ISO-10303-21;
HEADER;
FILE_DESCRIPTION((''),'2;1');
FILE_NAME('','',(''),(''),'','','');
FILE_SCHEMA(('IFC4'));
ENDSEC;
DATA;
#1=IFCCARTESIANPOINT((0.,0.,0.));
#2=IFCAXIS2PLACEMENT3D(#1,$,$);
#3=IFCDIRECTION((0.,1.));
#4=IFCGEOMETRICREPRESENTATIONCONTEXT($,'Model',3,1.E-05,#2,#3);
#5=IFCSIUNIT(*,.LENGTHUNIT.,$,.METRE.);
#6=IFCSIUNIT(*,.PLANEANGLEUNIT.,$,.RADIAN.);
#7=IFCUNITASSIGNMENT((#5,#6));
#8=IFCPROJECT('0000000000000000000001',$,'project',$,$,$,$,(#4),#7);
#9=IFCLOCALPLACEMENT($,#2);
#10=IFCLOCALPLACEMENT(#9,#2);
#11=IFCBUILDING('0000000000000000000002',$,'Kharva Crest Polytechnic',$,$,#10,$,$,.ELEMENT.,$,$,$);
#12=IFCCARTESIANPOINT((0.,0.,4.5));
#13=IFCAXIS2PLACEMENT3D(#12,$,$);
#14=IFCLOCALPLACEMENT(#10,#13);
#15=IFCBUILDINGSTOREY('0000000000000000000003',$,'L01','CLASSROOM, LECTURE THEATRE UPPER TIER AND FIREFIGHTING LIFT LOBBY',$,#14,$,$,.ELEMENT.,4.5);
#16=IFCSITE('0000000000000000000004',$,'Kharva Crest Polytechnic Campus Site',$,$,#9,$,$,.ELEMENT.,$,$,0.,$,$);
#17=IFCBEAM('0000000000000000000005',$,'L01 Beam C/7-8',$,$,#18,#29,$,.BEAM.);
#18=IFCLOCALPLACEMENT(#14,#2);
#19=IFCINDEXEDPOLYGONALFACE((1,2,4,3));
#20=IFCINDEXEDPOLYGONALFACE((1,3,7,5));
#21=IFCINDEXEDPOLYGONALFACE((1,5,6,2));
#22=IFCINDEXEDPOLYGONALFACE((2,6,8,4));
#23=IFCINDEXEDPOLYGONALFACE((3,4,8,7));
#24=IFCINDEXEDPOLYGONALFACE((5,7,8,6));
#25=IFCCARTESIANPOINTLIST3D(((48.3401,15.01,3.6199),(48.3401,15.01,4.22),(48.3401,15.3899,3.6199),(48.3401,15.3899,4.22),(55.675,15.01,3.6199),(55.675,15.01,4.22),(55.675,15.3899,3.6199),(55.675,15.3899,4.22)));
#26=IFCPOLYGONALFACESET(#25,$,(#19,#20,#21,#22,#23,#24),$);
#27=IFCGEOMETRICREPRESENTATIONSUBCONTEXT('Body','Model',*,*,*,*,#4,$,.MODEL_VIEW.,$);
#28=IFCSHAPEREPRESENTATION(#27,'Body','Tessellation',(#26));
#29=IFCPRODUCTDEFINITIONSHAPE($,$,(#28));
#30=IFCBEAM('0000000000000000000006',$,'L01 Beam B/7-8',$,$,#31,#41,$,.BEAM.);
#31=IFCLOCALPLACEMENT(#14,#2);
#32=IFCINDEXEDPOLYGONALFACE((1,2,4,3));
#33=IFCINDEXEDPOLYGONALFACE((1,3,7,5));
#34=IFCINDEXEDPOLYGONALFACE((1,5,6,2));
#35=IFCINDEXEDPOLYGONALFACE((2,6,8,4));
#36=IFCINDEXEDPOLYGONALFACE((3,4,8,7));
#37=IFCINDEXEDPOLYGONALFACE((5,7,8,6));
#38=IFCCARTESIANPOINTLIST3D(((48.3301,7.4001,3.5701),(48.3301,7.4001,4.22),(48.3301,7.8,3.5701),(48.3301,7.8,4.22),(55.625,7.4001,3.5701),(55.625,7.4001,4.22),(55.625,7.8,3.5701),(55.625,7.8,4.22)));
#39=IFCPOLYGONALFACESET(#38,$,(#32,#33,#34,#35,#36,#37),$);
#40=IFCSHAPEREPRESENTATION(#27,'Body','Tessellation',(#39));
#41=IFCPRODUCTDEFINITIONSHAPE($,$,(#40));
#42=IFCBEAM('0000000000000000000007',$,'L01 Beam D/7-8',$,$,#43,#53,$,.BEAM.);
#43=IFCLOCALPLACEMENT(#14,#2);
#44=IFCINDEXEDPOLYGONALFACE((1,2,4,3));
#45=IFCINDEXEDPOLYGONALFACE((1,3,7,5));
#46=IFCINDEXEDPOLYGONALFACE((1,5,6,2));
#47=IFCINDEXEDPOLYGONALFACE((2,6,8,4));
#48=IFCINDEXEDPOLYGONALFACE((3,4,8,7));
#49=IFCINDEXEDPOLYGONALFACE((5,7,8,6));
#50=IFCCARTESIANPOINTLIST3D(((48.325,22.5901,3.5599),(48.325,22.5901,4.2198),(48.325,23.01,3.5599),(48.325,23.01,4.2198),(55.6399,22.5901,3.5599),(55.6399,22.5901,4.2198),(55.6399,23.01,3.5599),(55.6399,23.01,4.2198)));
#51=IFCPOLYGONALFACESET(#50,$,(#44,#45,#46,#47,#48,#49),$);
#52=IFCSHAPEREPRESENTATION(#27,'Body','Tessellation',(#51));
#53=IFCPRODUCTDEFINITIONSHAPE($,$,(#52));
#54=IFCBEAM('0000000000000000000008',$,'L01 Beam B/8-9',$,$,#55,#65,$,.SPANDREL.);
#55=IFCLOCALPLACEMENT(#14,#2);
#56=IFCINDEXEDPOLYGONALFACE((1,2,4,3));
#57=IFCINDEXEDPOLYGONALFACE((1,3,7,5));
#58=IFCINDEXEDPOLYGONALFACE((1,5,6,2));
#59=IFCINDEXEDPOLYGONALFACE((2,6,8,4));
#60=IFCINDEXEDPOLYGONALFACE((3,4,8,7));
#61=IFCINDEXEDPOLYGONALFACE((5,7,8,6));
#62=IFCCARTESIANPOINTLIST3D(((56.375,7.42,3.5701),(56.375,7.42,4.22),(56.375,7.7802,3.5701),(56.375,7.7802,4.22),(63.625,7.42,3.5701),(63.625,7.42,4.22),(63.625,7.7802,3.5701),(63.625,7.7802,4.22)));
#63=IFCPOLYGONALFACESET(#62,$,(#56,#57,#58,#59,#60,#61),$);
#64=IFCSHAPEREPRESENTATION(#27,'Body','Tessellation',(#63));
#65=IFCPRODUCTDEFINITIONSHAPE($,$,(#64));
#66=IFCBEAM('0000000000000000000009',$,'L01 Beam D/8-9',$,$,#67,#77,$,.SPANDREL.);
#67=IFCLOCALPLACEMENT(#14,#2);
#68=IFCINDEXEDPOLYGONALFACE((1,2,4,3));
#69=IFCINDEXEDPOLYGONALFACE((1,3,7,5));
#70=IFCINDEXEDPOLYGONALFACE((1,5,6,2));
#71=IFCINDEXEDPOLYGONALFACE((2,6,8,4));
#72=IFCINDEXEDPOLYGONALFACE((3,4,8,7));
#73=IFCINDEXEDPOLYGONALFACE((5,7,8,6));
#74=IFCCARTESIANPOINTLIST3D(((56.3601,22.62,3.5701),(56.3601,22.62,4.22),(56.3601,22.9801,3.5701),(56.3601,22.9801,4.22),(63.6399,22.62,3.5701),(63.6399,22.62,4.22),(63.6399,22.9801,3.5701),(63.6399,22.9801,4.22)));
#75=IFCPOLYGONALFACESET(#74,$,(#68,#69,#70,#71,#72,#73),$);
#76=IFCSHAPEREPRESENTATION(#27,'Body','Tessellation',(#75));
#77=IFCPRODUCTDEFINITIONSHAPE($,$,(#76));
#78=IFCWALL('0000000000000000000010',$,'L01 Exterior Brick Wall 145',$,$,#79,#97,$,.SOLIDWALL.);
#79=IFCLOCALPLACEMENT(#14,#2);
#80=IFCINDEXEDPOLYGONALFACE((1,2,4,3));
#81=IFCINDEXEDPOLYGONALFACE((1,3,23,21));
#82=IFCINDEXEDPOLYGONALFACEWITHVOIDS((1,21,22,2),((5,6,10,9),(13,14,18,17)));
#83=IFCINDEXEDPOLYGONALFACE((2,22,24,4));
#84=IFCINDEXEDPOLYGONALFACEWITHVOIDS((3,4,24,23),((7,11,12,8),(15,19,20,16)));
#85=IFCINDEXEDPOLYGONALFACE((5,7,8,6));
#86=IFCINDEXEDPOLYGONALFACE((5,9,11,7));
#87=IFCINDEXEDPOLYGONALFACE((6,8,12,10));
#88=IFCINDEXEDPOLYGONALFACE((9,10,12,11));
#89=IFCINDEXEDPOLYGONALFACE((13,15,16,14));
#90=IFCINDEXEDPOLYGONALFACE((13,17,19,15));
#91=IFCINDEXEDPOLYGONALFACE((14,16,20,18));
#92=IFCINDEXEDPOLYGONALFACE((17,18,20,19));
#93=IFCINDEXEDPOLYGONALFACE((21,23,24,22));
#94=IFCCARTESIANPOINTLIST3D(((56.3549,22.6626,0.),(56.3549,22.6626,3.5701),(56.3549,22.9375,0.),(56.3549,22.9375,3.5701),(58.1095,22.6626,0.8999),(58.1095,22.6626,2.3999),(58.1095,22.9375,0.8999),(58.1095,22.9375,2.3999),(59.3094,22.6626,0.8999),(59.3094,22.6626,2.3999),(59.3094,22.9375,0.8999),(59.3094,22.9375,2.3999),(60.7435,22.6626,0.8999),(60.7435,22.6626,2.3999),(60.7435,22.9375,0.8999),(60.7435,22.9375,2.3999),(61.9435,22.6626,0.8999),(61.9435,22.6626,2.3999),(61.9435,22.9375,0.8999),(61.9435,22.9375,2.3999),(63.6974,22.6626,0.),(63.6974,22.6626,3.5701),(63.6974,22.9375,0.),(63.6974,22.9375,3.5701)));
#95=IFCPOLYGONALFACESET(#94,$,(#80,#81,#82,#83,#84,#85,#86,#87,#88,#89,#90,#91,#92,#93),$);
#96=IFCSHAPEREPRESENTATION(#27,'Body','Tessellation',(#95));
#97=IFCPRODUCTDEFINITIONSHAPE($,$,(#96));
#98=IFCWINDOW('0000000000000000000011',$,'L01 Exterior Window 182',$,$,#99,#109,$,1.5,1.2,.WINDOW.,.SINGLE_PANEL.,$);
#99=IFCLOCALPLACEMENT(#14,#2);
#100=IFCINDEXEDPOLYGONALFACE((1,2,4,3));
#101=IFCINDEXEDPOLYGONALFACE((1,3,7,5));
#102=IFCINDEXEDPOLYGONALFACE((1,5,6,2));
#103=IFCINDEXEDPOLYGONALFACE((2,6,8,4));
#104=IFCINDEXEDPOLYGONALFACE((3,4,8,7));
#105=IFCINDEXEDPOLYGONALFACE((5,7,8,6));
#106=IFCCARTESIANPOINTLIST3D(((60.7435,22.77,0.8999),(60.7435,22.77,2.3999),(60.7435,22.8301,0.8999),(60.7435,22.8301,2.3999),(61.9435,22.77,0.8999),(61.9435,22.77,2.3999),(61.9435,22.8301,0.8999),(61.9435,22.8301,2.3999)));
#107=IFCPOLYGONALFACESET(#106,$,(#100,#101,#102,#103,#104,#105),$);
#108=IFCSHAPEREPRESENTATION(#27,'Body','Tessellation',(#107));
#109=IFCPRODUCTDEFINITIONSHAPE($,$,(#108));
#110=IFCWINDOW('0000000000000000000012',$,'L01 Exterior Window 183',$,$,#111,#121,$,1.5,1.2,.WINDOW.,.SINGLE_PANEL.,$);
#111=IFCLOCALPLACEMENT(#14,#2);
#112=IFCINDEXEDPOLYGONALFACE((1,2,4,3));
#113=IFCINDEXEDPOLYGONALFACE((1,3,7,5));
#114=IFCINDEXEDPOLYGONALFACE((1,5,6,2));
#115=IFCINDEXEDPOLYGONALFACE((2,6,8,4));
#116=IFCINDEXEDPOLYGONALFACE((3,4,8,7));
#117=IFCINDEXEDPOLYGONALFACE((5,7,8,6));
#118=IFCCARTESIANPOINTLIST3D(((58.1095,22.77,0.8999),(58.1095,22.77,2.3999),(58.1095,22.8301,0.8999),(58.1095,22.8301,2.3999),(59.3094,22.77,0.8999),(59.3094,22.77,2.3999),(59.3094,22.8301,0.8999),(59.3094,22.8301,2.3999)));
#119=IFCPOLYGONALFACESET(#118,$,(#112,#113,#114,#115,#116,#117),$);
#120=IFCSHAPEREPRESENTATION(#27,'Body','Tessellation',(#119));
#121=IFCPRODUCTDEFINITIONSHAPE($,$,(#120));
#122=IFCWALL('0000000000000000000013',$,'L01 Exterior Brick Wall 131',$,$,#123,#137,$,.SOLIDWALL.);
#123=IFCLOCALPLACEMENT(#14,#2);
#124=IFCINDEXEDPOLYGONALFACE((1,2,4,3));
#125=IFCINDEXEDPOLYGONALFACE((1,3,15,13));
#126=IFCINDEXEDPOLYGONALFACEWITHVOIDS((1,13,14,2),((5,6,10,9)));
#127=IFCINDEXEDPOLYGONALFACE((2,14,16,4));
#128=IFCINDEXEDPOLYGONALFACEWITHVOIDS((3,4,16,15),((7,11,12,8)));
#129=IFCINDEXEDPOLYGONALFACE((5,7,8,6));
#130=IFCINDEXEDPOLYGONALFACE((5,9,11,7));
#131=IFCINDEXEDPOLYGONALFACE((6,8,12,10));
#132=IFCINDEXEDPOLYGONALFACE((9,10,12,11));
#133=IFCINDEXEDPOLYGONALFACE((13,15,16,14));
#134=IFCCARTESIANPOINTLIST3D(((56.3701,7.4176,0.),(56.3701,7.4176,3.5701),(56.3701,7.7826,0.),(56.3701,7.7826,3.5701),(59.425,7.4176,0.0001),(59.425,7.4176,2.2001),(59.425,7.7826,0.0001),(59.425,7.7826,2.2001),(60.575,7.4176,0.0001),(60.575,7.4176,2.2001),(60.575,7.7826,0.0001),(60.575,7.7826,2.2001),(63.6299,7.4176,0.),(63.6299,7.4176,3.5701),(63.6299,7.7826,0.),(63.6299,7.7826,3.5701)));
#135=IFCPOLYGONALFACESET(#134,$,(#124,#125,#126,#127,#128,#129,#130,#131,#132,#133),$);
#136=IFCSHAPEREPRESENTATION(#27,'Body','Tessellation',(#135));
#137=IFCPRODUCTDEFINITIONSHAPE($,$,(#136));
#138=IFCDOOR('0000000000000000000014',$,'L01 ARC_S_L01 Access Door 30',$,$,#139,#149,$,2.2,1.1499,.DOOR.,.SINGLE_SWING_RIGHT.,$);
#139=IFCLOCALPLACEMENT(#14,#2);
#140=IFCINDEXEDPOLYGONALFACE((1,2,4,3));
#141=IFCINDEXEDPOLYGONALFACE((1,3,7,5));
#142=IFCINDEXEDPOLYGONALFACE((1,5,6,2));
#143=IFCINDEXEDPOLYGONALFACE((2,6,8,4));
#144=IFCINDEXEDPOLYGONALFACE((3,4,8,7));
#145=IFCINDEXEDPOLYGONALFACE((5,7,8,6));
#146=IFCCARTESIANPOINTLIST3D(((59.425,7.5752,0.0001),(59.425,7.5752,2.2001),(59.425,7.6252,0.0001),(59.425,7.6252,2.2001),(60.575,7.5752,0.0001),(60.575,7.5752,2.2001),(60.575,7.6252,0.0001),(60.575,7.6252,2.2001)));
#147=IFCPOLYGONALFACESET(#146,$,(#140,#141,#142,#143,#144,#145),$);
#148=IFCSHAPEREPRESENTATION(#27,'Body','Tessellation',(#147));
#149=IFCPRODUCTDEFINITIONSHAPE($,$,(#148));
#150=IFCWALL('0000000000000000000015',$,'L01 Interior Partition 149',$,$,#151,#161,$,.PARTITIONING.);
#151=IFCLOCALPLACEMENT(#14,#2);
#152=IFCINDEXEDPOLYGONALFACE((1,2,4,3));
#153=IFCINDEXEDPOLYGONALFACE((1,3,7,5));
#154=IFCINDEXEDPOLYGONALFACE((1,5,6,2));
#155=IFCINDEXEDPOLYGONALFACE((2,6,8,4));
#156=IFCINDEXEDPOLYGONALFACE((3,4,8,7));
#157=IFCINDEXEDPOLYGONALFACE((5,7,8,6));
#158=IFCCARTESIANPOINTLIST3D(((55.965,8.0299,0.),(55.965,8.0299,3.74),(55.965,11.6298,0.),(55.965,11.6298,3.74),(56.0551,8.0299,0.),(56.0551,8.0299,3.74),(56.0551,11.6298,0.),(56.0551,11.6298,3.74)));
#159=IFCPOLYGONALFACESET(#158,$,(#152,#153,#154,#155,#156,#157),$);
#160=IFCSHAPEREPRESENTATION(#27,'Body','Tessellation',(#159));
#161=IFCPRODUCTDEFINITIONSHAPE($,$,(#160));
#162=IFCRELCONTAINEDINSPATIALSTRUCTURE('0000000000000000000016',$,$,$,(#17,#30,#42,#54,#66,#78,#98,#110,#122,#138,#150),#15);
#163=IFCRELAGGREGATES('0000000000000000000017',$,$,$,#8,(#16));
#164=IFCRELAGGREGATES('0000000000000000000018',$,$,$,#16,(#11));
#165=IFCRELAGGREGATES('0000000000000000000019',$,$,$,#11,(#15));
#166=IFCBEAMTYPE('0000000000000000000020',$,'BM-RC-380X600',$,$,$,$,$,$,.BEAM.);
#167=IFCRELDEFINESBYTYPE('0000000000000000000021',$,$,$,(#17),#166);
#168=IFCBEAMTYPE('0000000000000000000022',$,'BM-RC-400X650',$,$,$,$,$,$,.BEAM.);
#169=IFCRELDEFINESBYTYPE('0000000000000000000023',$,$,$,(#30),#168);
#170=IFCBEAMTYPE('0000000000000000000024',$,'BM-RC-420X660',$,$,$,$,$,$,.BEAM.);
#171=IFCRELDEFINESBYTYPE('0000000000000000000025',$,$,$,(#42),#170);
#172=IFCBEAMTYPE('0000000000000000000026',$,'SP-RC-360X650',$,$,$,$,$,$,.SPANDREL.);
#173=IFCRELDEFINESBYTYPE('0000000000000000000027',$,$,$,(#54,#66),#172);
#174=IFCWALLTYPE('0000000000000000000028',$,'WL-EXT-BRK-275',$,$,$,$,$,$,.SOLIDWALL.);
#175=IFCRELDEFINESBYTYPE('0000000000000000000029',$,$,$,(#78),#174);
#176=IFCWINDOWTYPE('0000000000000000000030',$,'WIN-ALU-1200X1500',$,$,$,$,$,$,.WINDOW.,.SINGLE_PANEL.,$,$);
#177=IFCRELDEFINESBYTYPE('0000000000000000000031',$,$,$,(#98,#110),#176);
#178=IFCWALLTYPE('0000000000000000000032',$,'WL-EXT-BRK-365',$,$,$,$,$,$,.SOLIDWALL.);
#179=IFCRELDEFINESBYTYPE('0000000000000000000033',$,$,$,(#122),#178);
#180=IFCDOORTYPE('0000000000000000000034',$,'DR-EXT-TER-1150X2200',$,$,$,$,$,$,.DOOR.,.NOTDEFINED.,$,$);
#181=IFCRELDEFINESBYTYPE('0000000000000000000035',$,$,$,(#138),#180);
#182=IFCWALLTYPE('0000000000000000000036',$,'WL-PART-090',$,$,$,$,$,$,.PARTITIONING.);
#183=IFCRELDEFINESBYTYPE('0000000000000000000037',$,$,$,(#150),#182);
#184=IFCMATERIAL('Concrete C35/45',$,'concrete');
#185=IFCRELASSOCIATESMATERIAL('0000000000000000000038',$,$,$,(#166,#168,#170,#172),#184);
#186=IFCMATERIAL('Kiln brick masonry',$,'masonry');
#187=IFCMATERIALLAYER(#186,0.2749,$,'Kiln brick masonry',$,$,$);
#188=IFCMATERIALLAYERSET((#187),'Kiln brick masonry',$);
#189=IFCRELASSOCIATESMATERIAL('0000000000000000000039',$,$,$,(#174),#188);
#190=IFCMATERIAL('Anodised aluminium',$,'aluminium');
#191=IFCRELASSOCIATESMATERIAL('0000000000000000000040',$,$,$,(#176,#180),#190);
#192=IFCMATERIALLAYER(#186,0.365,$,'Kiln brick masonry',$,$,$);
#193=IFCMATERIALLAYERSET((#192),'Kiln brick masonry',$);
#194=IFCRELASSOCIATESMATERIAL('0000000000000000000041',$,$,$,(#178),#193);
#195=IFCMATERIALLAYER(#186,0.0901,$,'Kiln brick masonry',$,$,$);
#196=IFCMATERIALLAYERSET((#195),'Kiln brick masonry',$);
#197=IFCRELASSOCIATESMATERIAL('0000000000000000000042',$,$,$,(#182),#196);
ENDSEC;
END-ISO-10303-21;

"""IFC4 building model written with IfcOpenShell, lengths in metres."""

from ifc_helpers import new_model, si_unit, direction, frame, frame_2d, origin, origin_2d, place, context, subcontext, project, spatial, rectangle, extrude, material, layer, layer_set, material_profile, profile_set, type_object, element, fill, save


model = new_model("IFC4")

# Units and contexts
model_context = context("Model", 3, precision=1e-05, world=origin(), true_north=direction((0.0, 1.0)))
body_context = subcontext(model_context, "Body", "Model", "MODEL_VIEW")
ifc_project = project(units=[si_unit("LENGTHUNIT", "METRE"), si_unit("PLANEANGLEUNIT", "RADIAN")], contexts=[model_context])

# Site, building, storey
site_placement = place(None, origin())
site = spatial("IfcSite", under=ifc_project, at=site_placement, Name="Kharva Crest Polytechnic Campus Site", CompositionType="ELEMENT", RefElevation=0.0)
building_placement = place(site_placement, origin())
building = spatial("IfcBuilding", under=site, at=building_placement, Name="Kharva Crest Polytechnic", CompositionType="ELEMENT")
storey_placement = place(building_placement, frame((0.0, 0.0, 4.5)))
storey = spatial("IfcBuildingStorey", under=building, at=storey_placement, Name="L01", Description="CLASSROOM, LECTURE THEATRE UPPER TIER AND FIREFIGHTING LIFT LOBBY", CompositionType="ELEMENT", Elevation=4.5)

# Beams
ifc_material_1 = material(Name="Concrete C35/45", Category="concrete")
ifc_material_profile_1 = material_profile(ifc_material_1, rectangle(XDim=0.3799, YDim=0.6001, at=origin_2d()), Name="RECT 380 X 600")
ifc_profile_set_1 = profile_set([ifc_material_profile_1], Name="Concrete C35/45")
beam_type_1 = type_object("IfcBeamType", Name="BM-RC-380X600", PredefinedType="BEAM", material=ifc_profile_set_1)
beam_1_placement = place(storey_placement, frame((48.3401, 15.2, 3.9199), z_axis=(1.0, 0.0, 0.0), x_axis=(0.0, 1.0, 0.0)))
element("IfcBeam", 1, at=beam_1_placement, inside=storey, type_object=beam_type_1, Name="L01 Beam C/7-8", PredefinedType="BEAM", context=body_context, shape_type="SweptSolid", body=[
    extrude(rectangle(XDim=0.3799, YDim=0.6001, at=origin_2d()), origin(), (0.0, 0.0, 1.0), 7.335),
])
ifc_material_profile_2 = material_profile(ifc_material_1, rectangle(XDim=0.3999, YDim=0.6499, at=origin_2d()), Name="RECT 400 X 650")
ifc_profile_set_2 = profile_set([ifc_material_profile_2], Name="Concrete C35/45")
beam_type_2 = type_object("IfcBeamType", Name="BM-RC-400X650", PredefinedType="BEAM", material=ifc_profile_set_2)
beam_2_placement = place(storey_placement, frame((48.3301, 7.6001, 3.895), z_axis=(1.0, 0.0, 0.0), x_axis=(0.0, 1.0, 0.0)))
element("IfcBeam", 2, at=beam_2_placement, inside=storey, type_object=beam_type_2, Name="L01 Beam B/7-8", PredefinedType="BEAM", context=body_context, shape_type="SweptSolid", body=[
    extrude(rectangle(XDim=0.3999, YDim=0.6499, at=origin_2d()), origin(), (0.0, 0.0, 1.0), 7.2949),
])
ifc_material_profile_3 = material_profile(ifc_material_1, rectangle(XDim=0.4199, YDim=0.6599, at=origin_2d()), Name="RECT 420 X 660")
ifc_profile_set_3 = profile_set([ifc_material_profile_3], Name="Concrete C35/45")
beam_type_3 = type_object("IfcBeamType", Name="BM-RC-420X660", PredefinedType="BEAM", material=ifc_profile_set_3)
beam_3_placement = place(storey_placement, frame((48.325, 22.8, 3.8899), z_axis=(1.0, 0.0, 0.0), x_axis=(0.0, 1.0, 0.0)))
element("IfcBeam", 3, at=beam_3_placement, inside=storey, type_object=beam_type_3, Name="L01 Beam D/7-8", PredefinedType="BEAM", context=body_context, shape_type="SweptSolid", body=[
    extrude(rectangle(XDim=0.4199, YDim=0.6599, at=origin_2d()), origin(), (0.0, 0.0, 1.0), 7.3149),
])
ifc_material_profile_4 = material_profile(ifc_material_1, rectangle(XDim=0.3601, YDim=0.6499, at=origin_2d()), Name="RECT 360 X 650")
ifc_profile_set_4 = profile_set([ifc_material_profile_4], Name="Concrete C35/45")
beam_type_4 = type_object("IfcBeamType", Name="SP-RC-360X650", PredefinedType="SPANDREL", material=ifc_profile_set_4)
beam_4_placement = place(storey_placement, frame((56.375, 7.6001, 3.895), z_axis=(1.0, 0.0, 0.0), x_axis=(0.0, 1.0, 0.0)))
element("IfcBeam", 4, at=beam_4_placement, inside=storey, type_object=beam_type_4, Name="L01 Beam B/8-9", PredefinedType="SPANDREL", context=body_context, shape_type="SweptSolid", body=[
    extrude(rectangle(XDim=0.3601, YDim=0.6499, at=origin_2d()), origin(), (0.0, 0.0, 1.0), 7.25),
])
beam_5_placement = place(storey_placement, frame((56.3601, 22.8, 3.895), z_axis=(1.0, 0.0, 0.0), x_axis=(0.0, 1.0, 0.0)))
element("IfcBeam", 5, at=beam_5_placement, inside=storey, type_object=beam_type_4, Name="L01 Beam D/8-9", PredefinedType="SPANDREL", context=body_context, shape_type="SweptSolid", body=[
    extrude(rectangle(XDim=0.3601, YDim=0.6499, at=origin_2d()), origin(), (0.0, 0.0, 1.0), 7.2798),
])

# Wall, openings, windows
ifc_material_2 = material(Name="Kiln brick masonry", Category="masonry")
ifc_layer_1 = layer(ifc_material_2, 0.2749, Name="Kiln brick masonry")
ifc_layer_set_1 = layer_set([ifc_layer_1], Name="Kiln brick masonry")
wall_type_1 = type_object("IfcWallType", Name="WL-EXT-BRK-275", PredefinedType="SOLIDWALL", material=ifc_layer_set_1)
wall_1_placement = place(storey_placement, frame((63.6975, 22.8, 0.0), z_axis=(0.0, 0.0, 1.0), x_axis=(-1.0, 0.0, 0.0)))
wall_1 = element("IfcWall", 6, at=wall_1_placement, inside=storey, type_object=wall_type_1, Name="L01 Exterior Brick Wall 145", PredefinedType="SOLIDWALL", context=body_context, shape_type="SweptSolid", body=[
    extrude(rectangle(XDim=7.3425, YDim=0.2749, at=frame_2d((3.6714, 0.0))), origin(), (0.0, 0.0, 1.0), 3.5701),
])
opening_1_placement = place(wall_1_placement, frame((1.7539, 0.0, 0.8999)))
opening_1 = element("IfcOpeningElement", 7, at=opening_1_placement, cuts=wall_1, PredefinedType="OPENING", context=body_context, shape_type="SweptSolid", body=[
    extrude(rectangle(XDim=1.2, YDim=1.5, at=frame_2d((0.6001, 0.75))), frame((0.0, 0.1475, 0.0), z_axis=(0.0, -1.0, 0.0), x_axis=(1.0, 0.0, 0.0)), (0.0, 0.0, 1.0), 0.2949),
])
opening_2_placement = place(wall_1_placement, frame((4.3879, 0.0, 0.8999)))
opening_2 = element("IfcOpeningElement", 8, at=opening_2_placement, cuts=wall_1, PredefinedType="OPENING", context=body_context, shape_type="SweptSolid", body=[
    extrude(rectangle(XDim=1.2, YDim=1.5, at=frame_2d((0.6001, 0.75))), frame((0.0, 0.1475, 0.0), z_axis=(0.0, -1.0, 0.0), x_axis=(1.0, 0.0, 0.0)), (0.0, 0.0, 1.0), 0.2949),
])
ifc_material_3 = material(Name="Anodised aluminium", Category="aluminium")
window_type = type_object("IfcWindowType", Name="WIN-ALU-1200X1500", PartitioningType="SINGLE_PANEL", PredefinedType="WINDOW", material=ifc_material_3)
window_1_placement = place(opening_1_placement, origin())
window_1 = element("IfcWindow", 9, at=window_1_placement, inside=storey, type_object=window_type, Name="L01 Exterior Window 182", OverallHeight=1.5, OverallWidth=1.2, PartitioningType="SINGLE_PANEL", PredefinedType="WINDOW", context=body_context, shape_type="SweptSolid", body=[
    extrude(rectangle(XDim=1.2, YDim=1.5, at=frame_2d((0.6001, 0.75))), frame((0.0, 0.03, 0.0), z_axis=(0.0, -1.0, 0.0), x_axis=(1.0, 0.0, 0.0)), (0.0, 0.0, 1.0), 0.0601),
])
fill(opening_1, window_1)
window_2_placement = place(opening_2_placement, origin())
window_2 = element("IfcWindow", 10, at=window_2_placement, inside=storey, type_object=window_type, Name="L01 Exterior Window 183", OverallHeight=1.5, OverallWidth=1.2, PartitioningType="SINGLE_PANEL", PredefinedType="WINDOW", context=body_context, shape_type="SweptSolid", body=[
    extrude(rectangle(XDim=1.2, YDim=1.5, at=frame_2d((0.6001, 0.75))), frame((0.0, 0.03, 0.0), z_axis=(0.0, -1.0, 0.0), x_axis=(1.0, 0.0, 0.0)), (0.0, 0.0, 1.0), 0.0601),
])
fill(opening_2, window_2)

# Wall, opening, door
ifc_layer_2 = layer(ifc_material_2, 0.365, Name="Kiln brick masonry")
ifc_layer_set_2 = layer_set([ifc_layer_2], Name="Kiln brick masonry")
wall_type_2 = type_object("IfcWallType", Name="WL-EXT-BRK-365", PredefinedType="SOLIDWALL", material=ifc_layer_set_2)
wall_2_placement = place(storey_placement, frame((56.3701, 7.6001, 0.0), z_axis=(0.0, 0.0, 1.0), x_axis=(1.0, 0.0, 0.0)))
wall_2 = element("IfcWall", 11, at=wall_2_placement, inside=storey, type_object=wall_type_2, Name="L01 Exterior Brick Wall 131", PredefinedType="SOLIDWALL", context=body_context, shape_type="SweptSolid", body=[
    extrude(rectangle(XDim=7.2598, YDim=0.365, at=frame_2d((3.6299, 0.0))), origin(), (0.0, 0.0, 1.0), 3.5701),
])
opening_3_placement = place(wall_2_placement, frame((3.0549, 0.0, 0.0)))
opening_3 = element("IfcOpeningElement", 12, at=opening_3_placement, cuts=wall_2, PredefinedType="OPENING", context=body_context, shape_type="SweptSolid", body=[
    extrude(rectangle(XDim=1.1499, YDim=2.2, at=frame_2d((0.575, 1.1001))), frame((0.0, 0.1924, 0.0), z_axis=(0.0, -1.0, 0.0), x_axis=(1.0, 0.0, 0.0)), (0.0, 0.0, 1.0), 0.385),
])
door_type_1 = type_object("IfcDoorType", Name="DR-EXT-TER-1150X2200", OperationType="NOTDEFINED", PredefinedType="DOOR", material=ifc_material_3)
door_1_placement = place(opening_3_placement, frame((1.1499, 0.0, 0.0), z_axis=(0.0, 0.0, 1.0), x_axis=(-1.0, 0.0, 0.0)))
door_1 = element("IfcDoor", 13, at=door_1_placement, inside=storey, type_object=door_type_1, Name="L01 ARC_S_L01 Access Door 30", OperationType="SINGLE_SWING_RIGHT", OverallHeight=2.2, OverallWidth=1.1499, PredefinedType="DOOR", context=body_context, shape_type="SweptSolid", body=[
    extrude(rectangle(XDim=1.1499, YDim=2.2, at=frame_2d((0.575, 1.1001))), frame((0.0, 0.0249, 0.0), z_axis=(0.0, -1.0, 0.0), x_axis=(1.0, 0.0, 0.0)), (0.0, 0.0, 1.0), 0.05),
])
fill(opening_3, door_1)

# Wall
ifc_layer_3 = layer(ifc_material_2, 0.0901, Name="Kiln brick masonry")
ifc_layer_set_3 = layer_set([ifc_layer_3], Name="Kiln brick masonry")
wall_type_3 = type_object("IfcWallType", Name="WL-PART-090", PredefinedType="PARTITIONING", material=ifc_layer_set_3)
wall_3_placement = place(storey_placement, frame((56.01, 8.03, 0.0), z_axis=(0.0, 0.0, 1.0), x_axis=(0.0, 1.0, 0.0)))
element("IfcWall", 14, at=wall_3_placement, inside=storey, type_object=wall_type_3, Name="L01 Interior Partition 149", PredefinedType="PARTITIONING", context=body_context, shape_type="SweptSolid", body=[
    extrude(rectangle(XDim=3.5999, YDim=0.0901, at=frame_2d((1.7998, 0.0))), origin(), (0.0, 0.0, 1.0), 3.74),
])

save(model, "model.ifc")
